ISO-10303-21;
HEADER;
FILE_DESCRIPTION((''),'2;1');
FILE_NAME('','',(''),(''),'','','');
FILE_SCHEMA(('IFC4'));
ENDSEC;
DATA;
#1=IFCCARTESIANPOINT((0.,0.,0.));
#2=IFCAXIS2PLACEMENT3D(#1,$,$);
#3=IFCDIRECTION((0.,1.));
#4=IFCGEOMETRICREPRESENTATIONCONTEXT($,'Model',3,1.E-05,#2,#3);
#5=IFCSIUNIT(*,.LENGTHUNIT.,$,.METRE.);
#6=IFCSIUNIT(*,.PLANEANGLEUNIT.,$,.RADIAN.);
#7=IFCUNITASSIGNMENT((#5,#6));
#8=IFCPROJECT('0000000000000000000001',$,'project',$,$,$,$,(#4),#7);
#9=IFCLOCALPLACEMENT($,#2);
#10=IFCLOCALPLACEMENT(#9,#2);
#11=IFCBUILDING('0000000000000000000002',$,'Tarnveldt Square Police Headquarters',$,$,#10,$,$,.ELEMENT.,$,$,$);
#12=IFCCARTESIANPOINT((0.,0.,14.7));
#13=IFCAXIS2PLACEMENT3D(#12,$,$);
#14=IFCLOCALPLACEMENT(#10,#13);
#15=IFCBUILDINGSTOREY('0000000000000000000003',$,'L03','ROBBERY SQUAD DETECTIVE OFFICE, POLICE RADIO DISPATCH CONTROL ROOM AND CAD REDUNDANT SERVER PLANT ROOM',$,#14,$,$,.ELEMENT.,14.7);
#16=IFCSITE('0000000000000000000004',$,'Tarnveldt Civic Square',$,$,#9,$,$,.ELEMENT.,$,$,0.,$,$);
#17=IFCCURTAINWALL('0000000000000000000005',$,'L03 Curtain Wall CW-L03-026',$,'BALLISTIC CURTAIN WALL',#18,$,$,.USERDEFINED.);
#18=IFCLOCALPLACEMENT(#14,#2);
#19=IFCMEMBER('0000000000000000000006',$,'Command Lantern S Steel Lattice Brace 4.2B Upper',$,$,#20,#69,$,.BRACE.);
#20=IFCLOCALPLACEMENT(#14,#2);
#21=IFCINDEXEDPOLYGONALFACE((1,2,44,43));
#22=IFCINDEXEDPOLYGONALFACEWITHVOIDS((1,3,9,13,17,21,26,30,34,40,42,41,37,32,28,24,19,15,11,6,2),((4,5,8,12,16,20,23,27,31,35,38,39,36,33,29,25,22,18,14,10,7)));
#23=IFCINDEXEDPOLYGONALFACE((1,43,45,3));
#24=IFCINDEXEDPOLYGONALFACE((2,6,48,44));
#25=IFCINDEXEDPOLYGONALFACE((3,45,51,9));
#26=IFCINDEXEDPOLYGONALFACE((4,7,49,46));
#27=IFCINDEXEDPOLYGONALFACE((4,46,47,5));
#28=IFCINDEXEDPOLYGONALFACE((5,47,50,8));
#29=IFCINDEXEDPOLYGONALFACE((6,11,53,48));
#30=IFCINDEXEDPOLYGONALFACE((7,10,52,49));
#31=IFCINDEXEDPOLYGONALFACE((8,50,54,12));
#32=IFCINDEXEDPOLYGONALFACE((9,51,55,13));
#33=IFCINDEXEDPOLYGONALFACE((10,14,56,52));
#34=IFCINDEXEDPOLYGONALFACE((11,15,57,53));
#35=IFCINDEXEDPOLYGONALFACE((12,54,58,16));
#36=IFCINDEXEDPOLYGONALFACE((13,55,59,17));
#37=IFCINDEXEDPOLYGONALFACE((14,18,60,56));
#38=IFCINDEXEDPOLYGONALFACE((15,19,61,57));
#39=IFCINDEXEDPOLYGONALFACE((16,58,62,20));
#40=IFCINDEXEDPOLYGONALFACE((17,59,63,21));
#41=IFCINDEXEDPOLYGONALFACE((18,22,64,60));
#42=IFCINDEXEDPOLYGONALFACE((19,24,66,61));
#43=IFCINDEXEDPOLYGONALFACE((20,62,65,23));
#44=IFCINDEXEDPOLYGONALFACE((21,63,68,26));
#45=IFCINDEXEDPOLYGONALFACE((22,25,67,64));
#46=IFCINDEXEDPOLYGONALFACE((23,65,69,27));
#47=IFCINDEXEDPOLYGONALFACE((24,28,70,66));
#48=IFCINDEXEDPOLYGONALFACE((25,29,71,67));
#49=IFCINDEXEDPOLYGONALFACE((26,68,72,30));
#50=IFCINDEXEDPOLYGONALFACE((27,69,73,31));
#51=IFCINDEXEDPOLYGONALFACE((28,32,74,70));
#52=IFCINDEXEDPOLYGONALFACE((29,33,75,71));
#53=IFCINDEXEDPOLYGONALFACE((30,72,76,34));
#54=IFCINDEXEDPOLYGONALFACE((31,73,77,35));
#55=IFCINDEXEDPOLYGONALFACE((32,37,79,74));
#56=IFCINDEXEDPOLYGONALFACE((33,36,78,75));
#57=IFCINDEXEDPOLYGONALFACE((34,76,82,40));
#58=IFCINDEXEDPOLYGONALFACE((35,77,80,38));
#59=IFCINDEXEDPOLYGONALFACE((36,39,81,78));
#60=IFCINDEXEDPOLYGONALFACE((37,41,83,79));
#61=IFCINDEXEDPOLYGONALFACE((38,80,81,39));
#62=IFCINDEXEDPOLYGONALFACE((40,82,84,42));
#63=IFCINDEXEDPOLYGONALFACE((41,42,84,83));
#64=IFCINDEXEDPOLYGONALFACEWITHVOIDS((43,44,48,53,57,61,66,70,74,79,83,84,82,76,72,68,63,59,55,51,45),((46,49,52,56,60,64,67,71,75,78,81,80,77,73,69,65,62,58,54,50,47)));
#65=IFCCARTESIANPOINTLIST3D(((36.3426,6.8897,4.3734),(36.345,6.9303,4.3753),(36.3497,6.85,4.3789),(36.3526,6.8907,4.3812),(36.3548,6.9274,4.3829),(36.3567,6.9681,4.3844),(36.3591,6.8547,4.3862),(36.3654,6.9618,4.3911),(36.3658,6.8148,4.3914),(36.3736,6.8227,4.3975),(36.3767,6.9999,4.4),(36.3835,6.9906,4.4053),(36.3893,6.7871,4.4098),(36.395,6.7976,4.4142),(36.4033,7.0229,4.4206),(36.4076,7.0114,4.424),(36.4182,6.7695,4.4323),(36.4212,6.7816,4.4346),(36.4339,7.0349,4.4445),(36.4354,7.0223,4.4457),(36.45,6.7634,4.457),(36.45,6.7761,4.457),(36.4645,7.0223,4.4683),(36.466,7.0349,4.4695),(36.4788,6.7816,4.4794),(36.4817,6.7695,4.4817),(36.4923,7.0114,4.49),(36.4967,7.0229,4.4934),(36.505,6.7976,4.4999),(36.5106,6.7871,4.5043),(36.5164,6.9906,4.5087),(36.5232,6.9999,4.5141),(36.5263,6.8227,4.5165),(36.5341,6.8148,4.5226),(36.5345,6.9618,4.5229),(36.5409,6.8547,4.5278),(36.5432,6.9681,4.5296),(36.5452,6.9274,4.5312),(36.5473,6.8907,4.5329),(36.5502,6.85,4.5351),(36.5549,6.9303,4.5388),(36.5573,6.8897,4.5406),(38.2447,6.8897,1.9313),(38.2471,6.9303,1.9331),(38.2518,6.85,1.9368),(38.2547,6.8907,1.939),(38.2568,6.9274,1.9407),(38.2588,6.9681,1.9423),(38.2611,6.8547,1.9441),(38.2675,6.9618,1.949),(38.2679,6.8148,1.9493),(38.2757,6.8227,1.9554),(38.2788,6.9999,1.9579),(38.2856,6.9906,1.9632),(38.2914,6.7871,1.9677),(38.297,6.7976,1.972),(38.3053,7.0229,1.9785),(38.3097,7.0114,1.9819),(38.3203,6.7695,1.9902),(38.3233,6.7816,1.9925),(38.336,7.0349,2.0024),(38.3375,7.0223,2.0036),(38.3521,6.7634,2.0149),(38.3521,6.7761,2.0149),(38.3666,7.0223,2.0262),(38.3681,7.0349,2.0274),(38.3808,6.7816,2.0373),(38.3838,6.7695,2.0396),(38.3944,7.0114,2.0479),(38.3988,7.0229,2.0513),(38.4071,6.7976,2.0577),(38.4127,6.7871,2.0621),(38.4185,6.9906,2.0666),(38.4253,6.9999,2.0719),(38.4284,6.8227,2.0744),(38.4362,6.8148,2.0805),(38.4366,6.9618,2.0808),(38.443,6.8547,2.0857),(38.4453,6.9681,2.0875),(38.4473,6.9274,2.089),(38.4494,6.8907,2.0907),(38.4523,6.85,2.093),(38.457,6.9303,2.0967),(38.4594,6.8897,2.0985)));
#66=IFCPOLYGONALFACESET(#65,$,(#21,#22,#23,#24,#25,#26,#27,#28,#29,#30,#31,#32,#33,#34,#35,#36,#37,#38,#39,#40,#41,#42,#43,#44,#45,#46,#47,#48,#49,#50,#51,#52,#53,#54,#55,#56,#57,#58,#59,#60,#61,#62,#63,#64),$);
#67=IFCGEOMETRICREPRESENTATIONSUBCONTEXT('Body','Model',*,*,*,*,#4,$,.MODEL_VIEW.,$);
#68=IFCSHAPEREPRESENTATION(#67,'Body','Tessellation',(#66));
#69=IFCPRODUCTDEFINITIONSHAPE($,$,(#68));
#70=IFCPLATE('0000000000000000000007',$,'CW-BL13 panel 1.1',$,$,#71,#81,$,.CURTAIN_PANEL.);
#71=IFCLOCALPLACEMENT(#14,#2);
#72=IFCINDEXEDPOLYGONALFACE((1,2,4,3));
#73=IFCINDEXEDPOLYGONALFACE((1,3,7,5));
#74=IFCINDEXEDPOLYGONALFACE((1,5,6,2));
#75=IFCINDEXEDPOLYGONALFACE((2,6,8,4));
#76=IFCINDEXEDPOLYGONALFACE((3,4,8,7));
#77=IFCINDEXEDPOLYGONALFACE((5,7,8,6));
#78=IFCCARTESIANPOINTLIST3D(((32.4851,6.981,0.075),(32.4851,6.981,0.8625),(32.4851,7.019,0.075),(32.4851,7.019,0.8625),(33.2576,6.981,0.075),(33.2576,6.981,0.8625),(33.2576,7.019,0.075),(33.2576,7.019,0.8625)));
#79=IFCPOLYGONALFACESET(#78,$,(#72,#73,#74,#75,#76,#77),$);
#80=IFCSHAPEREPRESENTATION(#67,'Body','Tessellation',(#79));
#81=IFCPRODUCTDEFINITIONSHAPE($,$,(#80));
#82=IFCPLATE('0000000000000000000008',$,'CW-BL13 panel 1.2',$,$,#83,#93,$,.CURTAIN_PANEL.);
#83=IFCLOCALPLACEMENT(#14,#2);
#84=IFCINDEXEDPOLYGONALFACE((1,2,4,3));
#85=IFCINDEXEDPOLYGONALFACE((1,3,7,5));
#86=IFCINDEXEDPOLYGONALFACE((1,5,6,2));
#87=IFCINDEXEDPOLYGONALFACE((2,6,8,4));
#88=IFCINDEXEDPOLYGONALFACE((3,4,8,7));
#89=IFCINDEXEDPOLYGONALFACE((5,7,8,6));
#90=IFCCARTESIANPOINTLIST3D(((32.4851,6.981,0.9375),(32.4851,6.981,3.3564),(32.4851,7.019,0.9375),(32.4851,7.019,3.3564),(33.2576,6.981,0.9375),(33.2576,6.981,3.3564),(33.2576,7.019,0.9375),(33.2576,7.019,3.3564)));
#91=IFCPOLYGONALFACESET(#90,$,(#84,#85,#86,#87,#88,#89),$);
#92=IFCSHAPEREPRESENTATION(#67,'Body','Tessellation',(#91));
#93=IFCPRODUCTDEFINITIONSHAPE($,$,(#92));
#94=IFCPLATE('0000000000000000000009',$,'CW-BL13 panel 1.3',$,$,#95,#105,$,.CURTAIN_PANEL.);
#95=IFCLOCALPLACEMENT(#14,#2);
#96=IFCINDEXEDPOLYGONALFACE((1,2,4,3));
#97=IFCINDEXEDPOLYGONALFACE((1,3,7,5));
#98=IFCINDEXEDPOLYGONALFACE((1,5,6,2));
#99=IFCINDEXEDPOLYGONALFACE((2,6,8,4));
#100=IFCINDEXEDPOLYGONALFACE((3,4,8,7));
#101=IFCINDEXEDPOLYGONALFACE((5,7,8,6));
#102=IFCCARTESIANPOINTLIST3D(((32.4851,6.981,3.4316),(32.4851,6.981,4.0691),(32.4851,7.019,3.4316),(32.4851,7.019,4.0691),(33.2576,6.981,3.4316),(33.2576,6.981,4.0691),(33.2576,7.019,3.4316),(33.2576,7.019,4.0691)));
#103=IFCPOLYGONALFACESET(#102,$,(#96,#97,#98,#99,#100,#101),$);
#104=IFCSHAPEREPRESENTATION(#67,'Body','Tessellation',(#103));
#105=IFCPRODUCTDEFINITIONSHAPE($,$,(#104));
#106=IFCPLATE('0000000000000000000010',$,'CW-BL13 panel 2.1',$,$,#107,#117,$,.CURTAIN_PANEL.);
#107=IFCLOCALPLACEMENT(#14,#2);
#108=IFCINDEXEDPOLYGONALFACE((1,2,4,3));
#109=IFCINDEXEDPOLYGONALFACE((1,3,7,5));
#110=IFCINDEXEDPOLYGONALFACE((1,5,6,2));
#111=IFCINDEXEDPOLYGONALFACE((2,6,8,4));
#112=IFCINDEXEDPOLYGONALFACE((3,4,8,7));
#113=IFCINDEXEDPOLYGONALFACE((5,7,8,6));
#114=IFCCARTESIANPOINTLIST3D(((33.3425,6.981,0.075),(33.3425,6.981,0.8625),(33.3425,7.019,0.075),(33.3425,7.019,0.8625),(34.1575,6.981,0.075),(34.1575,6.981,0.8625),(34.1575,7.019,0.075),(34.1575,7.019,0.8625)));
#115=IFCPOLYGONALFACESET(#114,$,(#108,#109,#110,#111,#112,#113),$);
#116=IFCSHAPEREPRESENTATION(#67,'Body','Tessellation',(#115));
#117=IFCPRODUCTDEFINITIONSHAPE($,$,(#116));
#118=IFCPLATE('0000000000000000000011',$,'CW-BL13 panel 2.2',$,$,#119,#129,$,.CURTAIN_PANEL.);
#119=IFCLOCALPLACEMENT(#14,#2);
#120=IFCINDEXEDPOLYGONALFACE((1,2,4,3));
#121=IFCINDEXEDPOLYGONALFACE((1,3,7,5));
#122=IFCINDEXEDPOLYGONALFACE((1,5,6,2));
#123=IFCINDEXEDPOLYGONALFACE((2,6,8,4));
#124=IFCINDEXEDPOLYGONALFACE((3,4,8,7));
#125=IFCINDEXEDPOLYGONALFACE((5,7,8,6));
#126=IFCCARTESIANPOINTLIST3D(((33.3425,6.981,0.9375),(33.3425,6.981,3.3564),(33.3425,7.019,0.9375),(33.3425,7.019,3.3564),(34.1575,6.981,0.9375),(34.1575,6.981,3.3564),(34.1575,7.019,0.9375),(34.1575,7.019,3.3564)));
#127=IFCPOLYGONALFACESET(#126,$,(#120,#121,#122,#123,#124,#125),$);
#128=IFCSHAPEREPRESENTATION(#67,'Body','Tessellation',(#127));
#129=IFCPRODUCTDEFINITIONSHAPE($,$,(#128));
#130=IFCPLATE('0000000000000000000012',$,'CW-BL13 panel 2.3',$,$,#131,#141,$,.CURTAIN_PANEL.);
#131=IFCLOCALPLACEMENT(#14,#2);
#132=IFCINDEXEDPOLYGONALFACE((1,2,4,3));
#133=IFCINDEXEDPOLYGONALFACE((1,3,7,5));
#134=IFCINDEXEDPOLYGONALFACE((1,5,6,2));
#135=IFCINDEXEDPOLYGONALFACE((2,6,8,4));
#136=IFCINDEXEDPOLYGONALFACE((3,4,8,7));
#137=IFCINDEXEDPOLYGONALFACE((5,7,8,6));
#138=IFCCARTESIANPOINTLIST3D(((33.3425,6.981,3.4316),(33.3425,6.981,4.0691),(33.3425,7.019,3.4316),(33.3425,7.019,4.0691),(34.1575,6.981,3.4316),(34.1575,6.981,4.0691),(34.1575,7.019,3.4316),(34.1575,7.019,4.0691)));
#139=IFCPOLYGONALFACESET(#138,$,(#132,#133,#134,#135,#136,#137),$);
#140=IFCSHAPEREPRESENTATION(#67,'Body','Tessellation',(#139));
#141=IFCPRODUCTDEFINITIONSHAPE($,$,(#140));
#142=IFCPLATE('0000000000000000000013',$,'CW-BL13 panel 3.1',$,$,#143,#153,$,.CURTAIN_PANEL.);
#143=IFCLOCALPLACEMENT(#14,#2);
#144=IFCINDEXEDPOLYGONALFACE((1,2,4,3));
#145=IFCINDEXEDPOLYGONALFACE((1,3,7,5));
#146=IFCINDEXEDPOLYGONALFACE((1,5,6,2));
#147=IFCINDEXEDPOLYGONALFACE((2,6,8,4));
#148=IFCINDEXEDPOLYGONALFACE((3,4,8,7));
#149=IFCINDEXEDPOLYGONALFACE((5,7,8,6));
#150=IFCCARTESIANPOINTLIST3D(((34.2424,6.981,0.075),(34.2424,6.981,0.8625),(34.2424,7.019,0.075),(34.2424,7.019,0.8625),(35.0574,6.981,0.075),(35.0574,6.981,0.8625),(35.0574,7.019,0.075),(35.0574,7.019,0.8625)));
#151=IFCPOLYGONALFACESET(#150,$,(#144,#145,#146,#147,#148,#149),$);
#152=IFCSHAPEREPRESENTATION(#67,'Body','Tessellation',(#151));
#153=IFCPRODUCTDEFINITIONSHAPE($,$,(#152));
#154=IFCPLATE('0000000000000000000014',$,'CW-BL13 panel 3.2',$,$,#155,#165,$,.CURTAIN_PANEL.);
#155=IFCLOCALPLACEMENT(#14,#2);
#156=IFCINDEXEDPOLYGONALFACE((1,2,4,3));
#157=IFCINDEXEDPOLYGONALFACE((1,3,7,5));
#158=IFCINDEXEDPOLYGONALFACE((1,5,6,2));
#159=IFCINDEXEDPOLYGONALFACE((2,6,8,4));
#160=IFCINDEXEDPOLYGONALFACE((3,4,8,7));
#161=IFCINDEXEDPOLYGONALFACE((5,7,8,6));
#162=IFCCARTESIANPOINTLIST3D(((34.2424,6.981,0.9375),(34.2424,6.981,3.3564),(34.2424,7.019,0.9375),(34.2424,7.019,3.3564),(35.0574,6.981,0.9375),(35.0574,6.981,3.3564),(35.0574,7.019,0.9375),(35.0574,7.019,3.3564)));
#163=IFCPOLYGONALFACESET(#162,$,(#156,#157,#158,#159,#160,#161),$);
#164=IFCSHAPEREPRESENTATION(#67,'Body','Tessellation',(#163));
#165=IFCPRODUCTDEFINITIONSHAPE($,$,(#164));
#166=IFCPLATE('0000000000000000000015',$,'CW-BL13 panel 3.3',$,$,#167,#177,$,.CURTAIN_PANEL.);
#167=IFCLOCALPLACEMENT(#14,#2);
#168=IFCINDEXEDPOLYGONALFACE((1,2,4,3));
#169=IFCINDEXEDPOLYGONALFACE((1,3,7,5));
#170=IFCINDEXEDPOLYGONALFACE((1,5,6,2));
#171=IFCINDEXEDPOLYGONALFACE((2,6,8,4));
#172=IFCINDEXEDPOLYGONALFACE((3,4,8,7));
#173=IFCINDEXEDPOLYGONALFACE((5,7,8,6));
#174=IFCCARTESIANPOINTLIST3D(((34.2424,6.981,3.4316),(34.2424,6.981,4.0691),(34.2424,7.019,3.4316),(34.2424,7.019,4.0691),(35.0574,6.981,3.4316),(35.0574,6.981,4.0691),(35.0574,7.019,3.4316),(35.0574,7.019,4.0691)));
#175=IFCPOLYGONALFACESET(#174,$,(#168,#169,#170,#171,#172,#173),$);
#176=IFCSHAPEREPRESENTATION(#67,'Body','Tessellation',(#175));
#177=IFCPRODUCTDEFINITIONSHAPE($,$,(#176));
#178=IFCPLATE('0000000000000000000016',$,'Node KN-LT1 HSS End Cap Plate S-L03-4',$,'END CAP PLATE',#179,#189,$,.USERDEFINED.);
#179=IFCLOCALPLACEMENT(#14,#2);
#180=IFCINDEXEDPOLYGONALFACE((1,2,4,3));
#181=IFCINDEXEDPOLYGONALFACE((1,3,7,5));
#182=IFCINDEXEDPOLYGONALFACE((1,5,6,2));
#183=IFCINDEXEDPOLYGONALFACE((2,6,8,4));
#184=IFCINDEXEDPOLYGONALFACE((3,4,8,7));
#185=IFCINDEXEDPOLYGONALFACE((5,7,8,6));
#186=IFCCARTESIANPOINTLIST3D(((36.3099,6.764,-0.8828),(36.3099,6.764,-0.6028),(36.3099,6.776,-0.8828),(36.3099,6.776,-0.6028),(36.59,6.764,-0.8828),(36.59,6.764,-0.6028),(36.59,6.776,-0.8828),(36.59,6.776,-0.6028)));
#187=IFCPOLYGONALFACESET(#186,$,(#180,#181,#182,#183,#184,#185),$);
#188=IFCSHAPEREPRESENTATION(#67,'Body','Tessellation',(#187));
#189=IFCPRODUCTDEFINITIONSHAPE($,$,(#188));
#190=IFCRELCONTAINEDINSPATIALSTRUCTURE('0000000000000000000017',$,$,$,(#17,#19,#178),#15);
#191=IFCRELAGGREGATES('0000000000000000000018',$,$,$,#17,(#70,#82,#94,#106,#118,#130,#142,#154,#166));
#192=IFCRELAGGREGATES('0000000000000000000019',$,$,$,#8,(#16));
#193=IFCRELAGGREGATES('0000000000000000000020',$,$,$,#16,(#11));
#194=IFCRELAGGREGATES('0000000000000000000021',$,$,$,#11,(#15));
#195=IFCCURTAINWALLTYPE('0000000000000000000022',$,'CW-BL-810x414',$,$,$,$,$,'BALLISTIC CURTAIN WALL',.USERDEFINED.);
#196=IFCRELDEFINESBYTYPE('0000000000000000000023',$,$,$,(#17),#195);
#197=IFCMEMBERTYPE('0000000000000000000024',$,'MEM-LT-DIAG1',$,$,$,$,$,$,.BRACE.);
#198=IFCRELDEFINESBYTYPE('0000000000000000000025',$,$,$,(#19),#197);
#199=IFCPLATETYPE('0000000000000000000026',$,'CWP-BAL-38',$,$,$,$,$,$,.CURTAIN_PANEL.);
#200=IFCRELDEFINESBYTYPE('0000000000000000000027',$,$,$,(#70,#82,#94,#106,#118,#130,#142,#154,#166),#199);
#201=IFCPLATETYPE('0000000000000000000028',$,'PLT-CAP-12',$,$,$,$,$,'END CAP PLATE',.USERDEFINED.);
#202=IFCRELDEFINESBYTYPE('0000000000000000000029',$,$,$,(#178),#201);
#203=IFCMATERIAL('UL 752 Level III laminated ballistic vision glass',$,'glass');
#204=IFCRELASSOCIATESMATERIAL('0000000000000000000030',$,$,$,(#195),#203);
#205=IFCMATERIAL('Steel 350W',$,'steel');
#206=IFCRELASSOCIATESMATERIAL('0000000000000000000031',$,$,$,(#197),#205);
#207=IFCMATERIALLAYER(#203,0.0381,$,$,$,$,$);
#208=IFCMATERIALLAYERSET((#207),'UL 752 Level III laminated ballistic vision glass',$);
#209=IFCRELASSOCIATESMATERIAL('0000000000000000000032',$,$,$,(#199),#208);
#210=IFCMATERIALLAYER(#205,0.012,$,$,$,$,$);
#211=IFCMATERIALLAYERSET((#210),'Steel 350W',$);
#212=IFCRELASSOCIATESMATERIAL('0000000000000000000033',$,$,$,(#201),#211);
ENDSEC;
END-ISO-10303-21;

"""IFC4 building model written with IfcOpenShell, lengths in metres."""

from ifc_helpers import new_model, si_unit, direction, frame, origin, origin_2d, place, context, subcontext, project, spatial, rectangle, hollow_circle, extrude, material, layer, layer_set, material_profile, profile_set, type_object, element, aggregate, save


model = new_model("IFC4")

# Units and contexts
model_context = context("Model", 3, precision=1e-05, world=origin(), true_north=direction((0.0, 1.0)))
body_context = subcontext(model_context, "Body", "Model", "MODEL_VIEW")
ifc_project = project(units=[si_unit("LENGTHUNIT", "METRE"), si_unit("PLANEANGLEUNIT", "RADIAN")], contexts=[model_context])

# Site, building, storey
site_placement = place(None, origin())
site = spatial("IfcSite", under=ifc_project, at=site_placement, Name="Tarnveldt Civic Square", CompositionType="ELEMENT", RefElevation=0.0)
building_placement = place(site_placement, origin())
building = spatial("IfcBuilding", under=site, at=building_placement, Name="Tarnveldt Square Police Headquarters", CompositionType="ELEMENT")
storey_placement = place(building_placement, frame((0.0, 0.0, 14.7)))
storey = spatial("IfcBuildingStorey", under=building, at=storey_placement, Name="L03", Description="ROBBERY SQUAD DETECTIVE OFFICE, POLICE RADIO DISPATCH CONTROL ROOM AND CAD REDUNDANT SERVER PLANT ROOM", CompositionType="ELEMENT", Elevation=14.7)

# Curtain wall
ifc_material_1 = material(Name="UL 752 Level III laminated ballistic vision glass", Category="glass")
curtain_wall_type = type_object("IfcCurtainWallType", Name="CW-BL-810x414", ElementType="BALLISTIC CURTAIN WALL", PredefinedType="USERDEFINED", material=ifc_material_1)
curtain_wall_placement = place(storey_placement, origin())
curtain_wall = element("IfcCurtainWall", 1, at=curtain_wall_placement, inside=storey, type_object=curtain_wall_type, Name="L03 Curtain Wall CW-L03-026", ObjectType="BALLISTIC CURTAIN WALL", PredefinedType="USERDEFINED")

# Member
ifc_material_2 = material(Name="Steel 350W", Category="steel")
ifc_material_profile_1 = material_profile(ifc_material_2, hollow_circle(Radius=0.1365, WallThickness=0.0127, at=origin_2d()), Name="HSS273x13")
ifc_profile_set_1 = profile_set([ifc_material_profile_1], Name="Steel 350W")
member_type_1 = type_object("IfcMemberType", Name="MEM-LT-DIAG1", PredefinedType="BRACE", material=ifc_profile_set_1)
member_1_placement = place(storey_placement, frame((38.3521, 6.8999, 2.0149), z_axis=(-0.614476, 0.0, 0.788936), x_axis=(0.0, -1.0, 0.0)))
element("IfcMember", 2, at=member_1_placement, inside=storey, type_object=member_type_1, Name="Command Lantern S Steel Lattice Brace 4.2B Upper", PredefinedType="BRACE", context=body_context, shape_type="SweptSolid", body=[
    extrude(hollow_circle(Radius=0.1365, WallThickness=0.0127, at=origin_2d()), origin(), (0.0, 0.0, 1.0), 3.0955),
])

# Plates
ifc_layer_1 = layer(ifc_material_1, 0.0381)
ifc_layer_set_1 = layer_set([ifc_layer_1], Name="UL 752 Level III laminated ballistic vision glass")
plate_type_1 = type_object("IfcPlateType", Name="CWP-BAL-38", PredefinedType="CURTAIN_PANEL", material=ifc_layer_set_1)
plate_1_placement = place(storey_placement, frame((32.8713, 7.0, 0.075), z_axis=(0.0, 0.0, 1.0), x_axis=(1.0, 0.0, 0.0)))
plate_1 = element("IfcPlate", 3, at=plate_1_placement, type_object=plate_type_1, Name="CW-BL13 panel 1.1", PredefinedType="CURTAIN_PANEL", context=body_context, shape_type="SweptSolid", body=[
    extrude(rectangle(XDim=0.7725, YDim=0.0381, at=origin_2d()), origin(), (0.0, 0.0, 1.0), 0.7876),
])
plate_2_placement = place(storey_placement, frame((32.8713, 7.0, 0.9375), z_axis=(0.0, 0.0, 1.0), x_axis=(1.0, 0.0, 0.0)))
plate_2 = element("IfcPlate", 4, at=plate_2_placement, type_object=plate_type_1, Name="CW-BL13 panel 1.2", PredefinedType="CURTAIN_PANEL", context=body_context, shape_type="SweptSolid", body=[
    extrude(rectangle(XDim=0.7725, YDim=0.0381, at=origin_2d()), origin(), (0.0, 0.0, 1.0), 2.4189),
])
plate_3_placement = place(storey_placement, frame((32.8713, 7.0, 3.4316), z_axis=(0.0, 0.0, 1.0), x_axis=(1.0, 0.0, 0.0)))
plate_3 = element("IfcPlate", 5, at=plate_3_placement, type_object=plate_type_1, Name="CW-BL13 panel 1.3", PredefinedType="CURTAIN_PANEL", context=body_context, shape_type="SweptSolid", body=[
    extrude(rectangle(XDim=0.7725, YDim=0.0381, at=origin_2d()), origin(), (0.0, 0.0, 1.0), 0.6375),
])
plate_4_placement = place(storey_placement, frame((33.75, 7.0, 0.075), z_axis=(0.0, 0.0, 1.0), x_axis=(1.0, 0.0, 0.0)))
plate_4 = element("IfcPlate", 6, at=plate_4_placement, type_object=plate_type_1, Name="CW-BL13 panel 2.1", PredefinedType="CURTAIN_PANEL", context=body_context, shape_type="SweptSolid", body=[
    extrude(rectangle(XDim=0.8149, YDim=0.0381, at=origin_2d()), origin(), (0.0, 0.0, 1.0), 0.7876),
])
plate_5_placement = place(storey_placement, frame((33.75, 7.0, 0.9375), z_axis=(0.0, 0.0, 1.0), x_axis=(1.0, 0.0, 0.0)))
plate_5 = element("IfcPlate", 7, at=plate_5_placement, type_object=plate_type_1, Name="CW-BL13 panel 2.2", PredefinedType="CURTAIN_PANEL", context=body_context, shape_type="SweptSolid", body=[
    extrude(rectangle(XDim=0.8149, YDim=0.0381, at=origin_2d()), origin(), (0.0, 0.0, 1.0), 2.4189),
])
plate_6_placement = place(storey_placement, frame((33.75, 7.0, 3.4316), z_axis=(0.0, 0.0, 1.0), x_axis=(1.0, 0.0, 0.0)))
plate_6 = element("IfcPlate", 8, at=plate_6_placement, type_object=plate_type_1, Name="CW-BL13 panel 2.3", PredefinedType="CURTAIN_PANEL", context=body_context, shape_type="SweptSolid", body=[
    extrude(rectangle(XDim=0.8149, YDim=0.0381, at=origin_2d()), origin(), (0.0, 0.0, 1.0), 0.6375),
])
plate_7_placement = place(storey_placement, frame((34.6499, 7.0, 0.075), z_axis=(0.0, 0.0, 1.0), x_axis=(1.0, 0.0, 0.0)))
plate_7 = element("IfcPlate", 9, at=plate_7_placement, type_object=plate_type_1, Name="CW-BL13 panel 3.1", PredefinedType="CURTAIN_PANEL", context=body_context, shape_type="SweptSolid", body=[
    extrude(rectangle(XDim=0.8149, YDim=0.0381, at=origin_2d()), origin(), (0.0, 0.0, 1.0), 0.7876),
])
plate_8_placement = place(storey_placement, frame((34.6499, 7.0, 0.9375), z_axis=(0.0, 0.0, 1.0), x_axis=(1.0, 0.0, 0.0)))
plate_8 = element("IfcPlate", 10, at=plate_8_placement, type_object=plate_type_1, Name="CW-BL13 panel 3.2", PredefinedType="CURTAIN_PANEL", context=body_context, shape_type="SweptSolid", body=[
    extrude(rectangle(XDim=0.8149, YDim=0.0381, at=origin_2d()), origin(), (0.0, 0.0, 1.0), 2.4189),
])
plate_9_placement = place(storey_placement, frame((34.6499, 7.0, 3.4316), z_axis=(0.0, 0.0, 1.0), x_axis=(1.0, 0.0, 0.0)))
plate_9 = element("IfcPlate", 11, at=plate_9_placement, type_object=plate_type_1, Name="CW-BL13 panel 3.3", PredefinedType="CURTAIN_PANEL", context=body_context, shape_type="SweptSolid", body=[
    extrude(rectangle(XDim=0.8149, YDim=0.0381, at=origin_2d()), origin(), (0.0, 0.0, 1.0), 0.6375),
])
aggregate(curtain_wall, [plate_1, plate_2, plate_3, plate_4, plate_5, plate_6, plate_7, plate_8, plate_9])

# Plate
ifc_layer_2 = layer(ifc_material_2, 0.012)
ifc_layer_set_2 = layer_set([ifc_layer_2], Name="Steel 350W")
plate_type_2 = type_object("IfcPlateType", Name="PLT-CAP-12", ElementType="END CAP PLATE", PredefinedType="USERDEFINED", material=ifc_layer_set_2)
plate_10_placement = place(storey_placement, frame((36.45, 6.77, -0.8828), z_axis=(0.0, 0.0, 1.0), x_axis=(1.0, 0.0, 0.0)))
element("IfcPlate", 12, at=plate_10_placement, inside=storey, type_object=plate_type_2, Name="Node KN-LT1 HSS End Cap Plate S-L03-4", ObjectType="END CAP PLATE", PredefinedType="USERDEFINED", context=body_context, shape_type="SweptSolid", body=[
    extrude(rectangle(XDim=0.28, YDim=0.012, at=origin_2d()), origin(), (0.0, 0.0, 1.0), 0.28),
])

save(model, "model.ifc")
